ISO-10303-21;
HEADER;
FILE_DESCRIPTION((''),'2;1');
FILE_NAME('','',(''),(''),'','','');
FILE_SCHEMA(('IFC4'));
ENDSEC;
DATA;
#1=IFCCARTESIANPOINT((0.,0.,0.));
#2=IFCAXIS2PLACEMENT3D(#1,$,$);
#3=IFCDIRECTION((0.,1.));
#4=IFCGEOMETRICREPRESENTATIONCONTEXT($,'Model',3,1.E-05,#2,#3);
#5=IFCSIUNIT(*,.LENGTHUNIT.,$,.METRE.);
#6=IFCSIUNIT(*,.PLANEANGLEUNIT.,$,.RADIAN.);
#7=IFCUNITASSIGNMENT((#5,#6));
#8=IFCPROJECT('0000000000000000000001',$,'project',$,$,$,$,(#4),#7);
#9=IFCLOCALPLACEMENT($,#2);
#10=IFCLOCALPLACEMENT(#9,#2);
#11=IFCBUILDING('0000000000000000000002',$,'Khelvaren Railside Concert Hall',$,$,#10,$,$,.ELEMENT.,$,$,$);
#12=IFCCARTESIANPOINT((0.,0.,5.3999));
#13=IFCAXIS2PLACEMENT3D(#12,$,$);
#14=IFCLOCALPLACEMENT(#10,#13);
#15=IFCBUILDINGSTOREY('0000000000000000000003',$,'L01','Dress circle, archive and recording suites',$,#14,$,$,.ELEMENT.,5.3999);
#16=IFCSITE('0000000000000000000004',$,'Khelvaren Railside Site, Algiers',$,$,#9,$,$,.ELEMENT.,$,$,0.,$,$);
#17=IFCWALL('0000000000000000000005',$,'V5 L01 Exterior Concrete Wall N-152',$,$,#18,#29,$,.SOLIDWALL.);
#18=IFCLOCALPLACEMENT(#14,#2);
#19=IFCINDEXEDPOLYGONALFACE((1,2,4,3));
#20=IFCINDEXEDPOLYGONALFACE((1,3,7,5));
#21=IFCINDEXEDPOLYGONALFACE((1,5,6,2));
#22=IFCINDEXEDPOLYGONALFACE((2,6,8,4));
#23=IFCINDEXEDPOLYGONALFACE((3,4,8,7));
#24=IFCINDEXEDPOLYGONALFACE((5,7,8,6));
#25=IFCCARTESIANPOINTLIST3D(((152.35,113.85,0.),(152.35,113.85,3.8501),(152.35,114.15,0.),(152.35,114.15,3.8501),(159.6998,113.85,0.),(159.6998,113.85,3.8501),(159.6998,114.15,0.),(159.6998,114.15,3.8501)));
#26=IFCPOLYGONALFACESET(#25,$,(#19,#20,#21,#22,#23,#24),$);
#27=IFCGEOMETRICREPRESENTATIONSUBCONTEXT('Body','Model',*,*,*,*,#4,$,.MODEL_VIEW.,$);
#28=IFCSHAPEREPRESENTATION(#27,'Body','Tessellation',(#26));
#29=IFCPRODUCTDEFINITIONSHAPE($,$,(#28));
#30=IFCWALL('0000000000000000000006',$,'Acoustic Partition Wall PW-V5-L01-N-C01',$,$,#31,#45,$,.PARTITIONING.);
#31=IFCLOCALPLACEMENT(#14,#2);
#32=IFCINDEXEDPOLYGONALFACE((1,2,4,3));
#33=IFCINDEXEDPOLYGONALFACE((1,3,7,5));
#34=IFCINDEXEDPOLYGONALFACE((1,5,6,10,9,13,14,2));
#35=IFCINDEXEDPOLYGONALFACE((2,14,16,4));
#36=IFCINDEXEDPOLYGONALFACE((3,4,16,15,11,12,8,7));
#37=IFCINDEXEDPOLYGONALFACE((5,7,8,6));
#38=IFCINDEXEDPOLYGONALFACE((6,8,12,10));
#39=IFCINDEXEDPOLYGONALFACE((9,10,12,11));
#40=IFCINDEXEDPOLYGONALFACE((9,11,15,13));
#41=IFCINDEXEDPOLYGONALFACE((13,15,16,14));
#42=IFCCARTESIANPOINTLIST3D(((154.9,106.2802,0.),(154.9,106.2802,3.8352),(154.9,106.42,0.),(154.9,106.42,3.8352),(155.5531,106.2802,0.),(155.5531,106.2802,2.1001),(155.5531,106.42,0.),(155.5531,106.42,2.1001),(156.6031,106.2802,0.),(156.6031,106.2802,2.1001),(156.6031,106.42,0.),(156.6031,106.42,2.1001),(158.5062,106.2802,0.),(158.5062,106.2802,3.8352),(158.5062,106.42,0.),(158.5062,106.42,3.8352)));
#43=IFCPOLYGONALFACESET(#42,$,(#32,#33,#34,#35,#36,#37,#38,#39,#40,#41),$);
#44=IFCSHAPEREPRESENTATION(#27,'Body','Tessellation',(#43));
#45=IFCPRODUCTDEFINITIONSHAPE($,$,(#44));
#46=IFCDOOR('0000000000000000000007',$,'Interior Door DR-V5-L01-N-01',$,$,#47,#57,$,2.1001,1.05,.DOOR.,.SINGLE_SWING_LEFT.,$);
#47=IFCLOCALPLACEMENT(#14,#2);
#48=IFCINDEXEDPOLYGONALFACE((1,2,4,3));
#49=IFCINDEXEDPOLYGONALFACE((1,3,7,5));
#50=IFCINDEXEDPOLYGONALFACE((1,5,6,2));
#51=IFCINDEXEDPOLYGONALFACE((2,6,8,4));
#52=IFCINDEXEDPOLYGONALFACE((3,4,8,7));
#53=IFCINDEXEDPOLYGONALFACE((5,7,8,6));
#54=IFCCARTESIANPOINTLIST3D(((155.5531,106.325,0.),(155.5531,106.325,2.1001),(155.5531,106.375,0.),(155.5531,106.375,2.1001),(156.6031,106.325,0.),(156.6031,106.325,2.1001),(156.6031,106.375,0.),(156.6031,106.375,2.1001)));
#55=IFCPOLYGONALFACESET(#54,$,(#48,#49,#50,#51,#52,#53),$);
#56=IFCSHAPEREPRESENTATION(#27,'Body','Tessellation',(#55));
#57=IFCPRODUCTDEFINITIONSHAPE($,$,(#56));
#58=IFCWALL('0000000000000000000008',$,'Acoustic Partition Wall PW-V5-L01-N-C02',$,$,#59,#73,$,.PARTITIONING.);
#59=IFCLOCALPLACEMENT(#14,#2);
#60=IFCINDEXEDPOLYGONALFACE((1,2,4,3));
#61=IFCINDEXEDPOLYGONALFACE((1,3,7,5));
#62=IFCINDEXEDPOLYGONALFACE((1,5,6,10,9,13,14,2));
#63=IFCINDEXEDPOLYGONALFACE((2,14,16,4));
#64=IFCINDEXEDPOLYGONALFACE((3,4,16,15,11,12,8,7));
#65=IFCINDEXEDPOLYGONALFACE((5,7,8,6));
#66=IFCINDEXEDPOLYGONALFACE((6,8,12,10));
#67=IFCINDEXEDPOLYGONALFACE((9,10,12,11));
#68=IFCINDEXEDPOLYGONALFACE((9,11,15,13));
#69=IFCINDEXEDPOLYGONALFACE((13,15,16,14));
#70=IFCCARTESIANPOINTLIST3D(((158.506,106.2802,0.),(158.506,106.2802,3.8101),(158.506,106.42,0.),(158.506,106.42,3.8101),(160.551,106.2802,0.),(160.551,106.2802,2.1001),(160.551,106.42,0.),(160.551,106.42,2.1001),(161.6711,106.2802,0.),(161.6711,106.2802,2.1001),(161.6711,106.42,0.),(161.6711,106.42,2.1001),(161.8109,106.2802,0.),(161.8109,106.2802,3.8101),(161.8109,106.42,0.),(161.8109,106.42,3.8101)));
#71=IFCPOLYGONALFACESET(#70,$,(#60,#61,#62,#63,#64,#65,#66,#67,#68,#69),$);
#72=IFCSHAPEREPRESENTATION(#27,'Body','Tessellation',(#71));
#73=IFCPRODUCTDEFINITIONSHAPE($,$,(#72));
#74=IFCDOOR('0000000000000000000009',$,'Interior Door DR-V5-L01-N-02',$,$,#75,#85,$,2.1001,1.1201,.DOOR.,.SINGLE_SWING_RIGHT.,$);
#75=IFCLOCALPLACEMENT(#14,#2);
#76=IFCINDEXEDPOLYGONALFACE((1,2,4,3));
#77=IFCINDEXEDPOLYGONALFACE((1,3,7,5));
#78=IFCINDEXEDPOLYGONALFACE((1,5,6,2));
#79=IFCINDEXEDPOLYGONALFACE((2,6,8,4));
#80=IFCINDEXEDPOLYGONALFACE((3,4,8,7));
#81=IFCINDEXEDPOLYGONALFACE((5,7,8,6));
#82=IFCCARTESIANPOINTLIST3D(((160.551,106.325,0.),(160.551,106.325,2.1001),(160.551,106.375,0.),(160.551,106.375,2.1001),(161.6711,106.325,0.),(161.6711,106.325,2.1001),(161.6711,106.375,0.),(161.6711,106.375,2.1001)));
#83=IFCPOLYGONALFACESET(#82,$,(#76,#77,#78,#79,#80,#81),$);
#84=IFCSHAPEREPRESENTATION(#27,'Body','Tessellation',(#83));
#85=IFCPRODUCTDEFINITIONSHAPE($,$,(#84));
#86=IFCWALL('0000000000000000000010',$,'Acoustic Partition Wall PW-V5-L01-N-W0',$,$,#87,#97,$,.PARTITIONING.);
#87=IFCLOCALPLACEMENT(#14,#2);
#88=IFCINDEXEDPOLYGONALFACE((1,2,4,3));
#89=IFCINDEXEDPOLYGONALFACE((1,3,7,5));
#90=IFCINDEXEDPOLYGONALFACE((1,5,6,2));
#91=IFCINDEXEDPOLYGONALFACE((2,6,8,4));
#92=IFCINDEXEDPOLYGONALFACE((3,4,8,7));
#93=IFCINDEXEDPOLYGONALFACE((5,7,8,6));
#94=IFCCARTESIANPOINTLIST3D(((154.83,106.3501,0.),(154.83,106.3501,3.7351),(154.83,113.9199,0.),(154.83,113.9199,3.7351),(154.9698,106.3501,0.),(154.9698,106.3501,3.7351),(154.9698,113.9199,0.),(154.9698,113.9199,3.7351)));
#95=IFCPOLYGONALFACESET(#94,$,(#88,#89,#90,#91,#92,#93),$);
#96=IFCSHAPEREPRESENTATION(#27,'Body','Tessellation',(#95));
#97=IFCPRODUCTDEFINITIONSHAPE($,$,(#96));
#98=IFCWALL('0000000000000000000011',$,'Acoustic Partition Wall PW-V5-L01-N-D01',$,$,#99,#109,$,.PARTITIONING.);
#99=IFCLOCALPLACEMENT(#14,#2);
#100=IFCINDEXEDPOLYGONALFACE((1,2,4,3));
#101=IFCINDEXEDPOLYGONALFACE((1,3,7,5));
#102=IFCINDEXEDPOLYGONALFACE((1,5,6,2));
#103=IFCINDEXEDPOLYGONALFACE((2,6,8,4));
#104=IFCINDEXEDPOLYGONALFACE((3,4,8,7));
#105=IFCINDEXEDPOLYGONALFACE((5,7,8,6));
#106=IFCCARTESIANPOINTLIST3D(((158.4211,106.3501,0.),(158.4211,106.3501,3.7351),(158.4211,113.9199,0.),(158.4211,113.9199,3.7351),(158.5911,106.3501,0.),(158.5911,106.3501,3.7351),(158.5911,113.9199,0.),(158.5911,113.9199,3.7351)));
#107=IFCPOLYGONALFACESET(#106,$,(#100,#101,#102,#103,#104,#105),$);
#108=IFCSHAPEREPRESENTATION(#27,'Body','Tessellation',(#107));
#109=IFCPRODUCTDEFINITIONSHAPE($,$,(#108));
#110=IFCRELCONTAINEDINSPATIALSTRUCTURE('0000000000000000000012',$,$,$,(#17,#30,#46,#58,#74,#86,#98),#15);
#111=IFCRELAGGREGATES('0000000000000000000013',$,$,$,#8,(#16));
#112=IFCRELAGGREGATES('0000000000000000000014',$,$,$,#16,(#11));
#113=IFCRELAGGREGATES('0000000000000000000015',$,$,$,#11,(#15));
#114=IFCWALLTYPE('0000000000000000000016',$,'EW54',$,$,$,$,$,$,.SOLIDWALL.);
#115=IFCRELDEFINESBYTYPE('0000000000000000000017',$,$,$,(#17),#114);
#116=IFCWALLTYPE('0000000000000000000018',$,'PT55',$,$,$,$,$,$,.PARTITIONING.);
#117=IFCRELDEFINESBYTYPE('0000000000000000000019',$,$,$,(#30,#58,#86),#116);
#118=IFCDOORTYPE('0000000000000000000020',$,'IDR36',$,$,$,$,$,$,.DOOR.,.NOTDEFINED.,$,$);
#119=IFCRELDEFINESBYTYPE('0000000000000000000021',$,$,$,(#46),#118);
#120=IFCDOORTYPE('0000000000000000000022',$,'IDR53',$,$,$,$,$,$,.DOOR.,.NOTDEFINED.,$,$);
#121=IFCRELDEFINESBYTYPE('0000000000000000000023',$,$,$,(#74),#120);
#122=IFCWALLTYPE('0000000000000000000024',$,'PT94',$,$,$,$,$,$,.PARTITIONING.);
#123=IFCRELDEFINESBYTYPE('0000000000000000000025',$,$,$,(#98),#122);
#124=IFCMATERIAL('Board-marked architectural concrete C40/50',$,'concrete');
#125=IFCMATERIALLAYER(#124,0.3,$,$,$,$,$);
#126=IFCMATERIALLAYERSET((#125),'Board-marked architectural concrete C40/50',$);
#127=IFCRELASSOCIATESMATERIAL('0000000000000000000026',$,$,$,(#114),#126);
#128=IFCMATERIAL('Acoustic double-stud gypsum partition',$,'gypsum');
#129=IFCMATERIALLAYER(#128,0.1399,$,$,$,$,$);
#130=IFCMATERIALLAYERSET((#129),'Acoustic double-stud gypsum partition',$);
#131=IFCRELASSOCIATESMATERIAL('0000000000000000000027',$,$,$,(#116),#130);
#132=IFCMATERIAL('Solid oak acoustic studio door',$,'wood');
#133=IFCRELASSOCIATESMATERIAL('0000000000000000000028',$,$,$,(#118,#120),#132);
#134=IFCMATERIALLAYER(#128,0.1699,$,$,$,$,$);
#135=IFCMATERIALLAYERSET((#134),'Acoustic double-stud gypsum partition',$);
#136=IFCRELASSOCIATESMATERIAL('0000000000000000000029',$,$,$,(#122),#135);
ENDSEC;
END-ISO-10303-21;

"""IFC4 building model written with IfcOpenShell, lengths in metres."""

from ifc_helpers import new_model, si_unit, direction, frame, frame_2d, origin, place, context, subcontext, project, spatial, rectangle, extrude, material, layer, layer_set, type_object, element, fill, save


model = new_model("IFC4")

# Units and contexts
model_context = context("Model", 3, precision=1e-05, world=origin(), true_north=direction((0.0, 1.0)))
body_context = subcontext(model_context, "Body", "Model", "MODEL_VIEW")
ifc_project = project(units=[si_unit("LENGTHUNIT", "METRE"), si_unit("PLANEANGLEUNIT", "RADIAN")], contexts=[model_context])

# Site, building, storey
site_placement = place(None, origin())
site = spatial("IfcSite", under=ifc_project, at=site_placement, Name="Khelvaren Railside Site, Algiers", CompositionType="ELEMENT", RefElevation=0.0)
building_placement = place(site_placement, origin())
building = spatial("IfcBuilding", under=site, at=building_placement, Name="Khelvaren Railside Concert Hall", CompositionType="ELEMENT")
storey_placement = place(building_placement, frame((0.0, 0.0, 5.3999)))
storey = spatial("IfcBuildingStorey", under=building, at=storey_placement, Name="L01", Description="Dress circle, archive and recording suites", CompositionType="ELEMENT", Elevation=5.3999)

# Wall
ifc_material_1 = material(Name="Board-marked architectural concrete C40/50", Category="concrete")
ifc_layer_1 = layer(ifc_material_1, 0.3)
ifc_layer_set_1 = layer_set([ifc_layer_1], Name="Board-marked architectural concrete C40/50")
wall_type_1 = type_object("IfcWallType", Name="EW54", PredefinedType="SOLIDWALL", material=ifc_layer_set_1)
wall_1_placement = place(storey_placement, frame((152.3501, 114.0, 0.0), z_axis=(0.0, 0.0, 1.0), x_axis=(1.0, 0.0, 0.0)))
element("IfcWall", 1, at=wall_1_placement, inside=storey, type_object=wall_type_1, Name="V5 L01 Exterior Concrete Wall N-152", PredefinedType="SOLIDWALL", context=body_context, shape_type="SweptSolid", body=[
    extrude(rectangle(XDim=7.3499, YDim=0.3, at=frame_2d((3.6748, 0.0))), origin(), (0.0, 0.0, 1.0), 3.8501),
])

# Walls, openings, doors
ifc_material_2 = material(Name="Acoustic double-stud gypsum partition", Category="gypsum")
ifc_layer_2 = layer(ifc_material_2, 0.1399)
ifc_layer_set_2 = layer_set([ifc_layer_2], Name="Acoustic double-stud gypsum partition")
wall_type_2 = type_object("IfcWallType", Name="PT55", PredefinedType="PARTITIONING", material=ifc_layer_set_2)
wall_2_placement = place(storey_placement, frame((154.8999, 106.3501, 0.0), z_axis=(0.0, 0.0, 1.0), x_axis=(1.0, 0.0, 0.0)))
wall_2 = element("IfcWall", 2, at=wall_2_placement, inside=storey, type_object=wall_type_2, Name="Acoustic Partition Wall PW-V5-L01-N-C01", PredefinedType="PARTITIONING", context=body_context, shape_type="SweptSolid", body=[
    extrude(rectangle(XDim=3.6062, YDim=0.1399, at=frame_2d((1.8032, 0.0))), origin(), (0.0, 0.0, 1.0), 3.8352),
])
opening_1_placement = place(wall_2_placement, frame((0.6533, 0.0, 0.0)))
opening_1 = element("IfcOpeningElement", 3, at=opening_1_placement, cuts=wall_2, PredefinedType="OPENING", context=body_context, shape_type="SweptSolid", body=[
    extrude(rectangle(XDim=1.05, YDim=2.1001, at=frame_2d((0.5249, 1.05))), frame((0.0, 0.0798, 0.0), z_axis=(0.0, -1.0, 0.0), x_axis=(1.0, 0.0, 0.0)), (0.0, 0.0, 1.0), 0.1599),
])
ifc_material_3 = material(Name="Solid oak acoustic studio door", Category="wood")
door_type_1 = type_object("IfcDoorType", Name="IDR36", OperationType="NOTDEFINED", PredefinedType="DOOR", material=ifc_material_3)
door_1_placement = place(opening_1_placement, origin())
door_1 = element("IfcDoor", 4, at=door_1_placement, inside=storey, type_object=door_type_1, Name="Interior Door DR-V5-L01-N-01", OperationType="SINGLE_SWING_LEFT", OverallHeight=2.1001, OverallWidth=1.05, PredefinedType="DOOR", context=body_context, shape_type="SweptSolid", body=[
    extrude(rectangle(XDim=1.05, YDim=2.1001, at=frame_2d((0.5249, 1.05))), frame((0.0, 0.0249, 0.0), z_axis=(0.0, -1.0, 0.0), x_axis=(1.0, 0.0, 0.0)), (0.0, 0.0, 1.0), 0.05),
])
fill(opening_1, door_1)
wall_3_placement = place(storey_placement, frame((158.5061, 106.3501, 0.0), z_axis=(0.0, 0.0, 1.0), x_axis=(1.0, 0.0, 0.0)))
wall_3 = element("IfcWall", 5, at=wall_3_placement, inside=storey, type_object=wall_type_2, Name="Acoustic Partition Wall PW-V5-L01-N-C02", PredefinedType="PARTITIONING", context=body_context, shape_type="SweptSolid", body=[
    extrude(rectangle(XDim=3.3049, YDim=0.1399, at=frame_2d((1.6523, 0.0))), origin(), (0.0, 0.0, 1.0), 3.8101),
])
opening_2_placement = place(wall_3_placement, frame((2.0449, 0.0, 0.0)))
opening_2 = element("IfcOpeningElement", 6, at=opening_2_placement, cuts=wall_3, PredefinedType="OPENING", context=body_context, shape_type="SweptSolid", body=[
    extrude(rectangle(XDim=1.1201, YDim=2.1001, at=frame_2d((0.5601, 1.05))), frame((0.0, 0.0798, 0.0), z_axis=(0.0, -1.0, 0.0), x_axis=(1.0, 0.0, 0.0)), (0.0, 0.0, 1.0), 0.1599),
])
door_type_2 = type_object("IfcDoorType", Name="IDR53", OperationType="NOTDEFINED", PredefinedType="DOOR", material=ifc_material_3)
door_2_placement = place(opening_2_placement, origin())
door_2 = element("IfcDoor", 7, at=door_2_placement, inside=storey, type_object=door_type_2, Name="Interior Door DR-V5-L01-N-02", OperationType="SINGLE_SWING_RIGHT", OverallHeight=2.1001, OverallWidth=1.1201, PredefinedType="DOOR", context=body_context, shape_type="SweptSolid", body=[
    extrude(rectangle(XDim=1.1201, YDim=2.1001, at=frame_2d((0.5601, 1.05))), frame((0.0, 0.0249, 0.0), z_axis=(0.0, -1.0, 0.0), x_axis=(1.0, 0.0, 0.0)), (0.0, 0.0, 1.0), 0.05),
])
fill(opening_2, door_2)

# Walls
wall_4_placement = place(storey_placement, frame((154.8999, 106.3501, 0.0), z_axis=(0.0, 0.0, 1.0), x_axis=(0.0, 1.0, 0.0)))
element("IfcWall", 8, at=wall_4_placement, inside=storey, type_object=wall_type_2, Name="Acoustic Partition Wall PW-V5-L01-N-W0", PredefinedType="PARTITIONING", context=body_context, shape_type="SweptSolid", body=[
    extrude(rectangle(XDim=7.5698, YDim=0.1399, at=frame_2d((3.7849, 0.0))), origin(), (0.0, 0.0, 1.0), 3.7351),
])
ifc_layer_3 = layer(ifc_material_2, 0.1699)
ifc_layer_set_3 = layer_set([ifc_layer_3], Name="Acoustic double-stud gypsum partition")
wall_type_3 = type_object("IfcWallType", Name="PT94", PredefinedType="PARTITIONING", material=ifc_layer_set_3)
wall_5_placement = place(storey_placement, frame((158.5061, 106.3501, 0.0), z_axis=(0.0, 0.0, 1.0), x_axis=(0.0, 1.0, 0.0)))
element("IfcWall", 9, at=wall_5_placement, inside=storey, type_object=wall_type_3, Name="Acoustic Partition Wall PW-V5-L01-N-D01", PredefinedType="PARTITIONING", context=body_context, shape_type="SweptSolid", body=[
    extrude(rectangle(XDim=7.5698, YDim=0.1699, at=frame_2d((3.7849, 0.0))), origin(), (0.0, 0.0, 1.0), 3.7351),
])

save(model, "model.ifc")
